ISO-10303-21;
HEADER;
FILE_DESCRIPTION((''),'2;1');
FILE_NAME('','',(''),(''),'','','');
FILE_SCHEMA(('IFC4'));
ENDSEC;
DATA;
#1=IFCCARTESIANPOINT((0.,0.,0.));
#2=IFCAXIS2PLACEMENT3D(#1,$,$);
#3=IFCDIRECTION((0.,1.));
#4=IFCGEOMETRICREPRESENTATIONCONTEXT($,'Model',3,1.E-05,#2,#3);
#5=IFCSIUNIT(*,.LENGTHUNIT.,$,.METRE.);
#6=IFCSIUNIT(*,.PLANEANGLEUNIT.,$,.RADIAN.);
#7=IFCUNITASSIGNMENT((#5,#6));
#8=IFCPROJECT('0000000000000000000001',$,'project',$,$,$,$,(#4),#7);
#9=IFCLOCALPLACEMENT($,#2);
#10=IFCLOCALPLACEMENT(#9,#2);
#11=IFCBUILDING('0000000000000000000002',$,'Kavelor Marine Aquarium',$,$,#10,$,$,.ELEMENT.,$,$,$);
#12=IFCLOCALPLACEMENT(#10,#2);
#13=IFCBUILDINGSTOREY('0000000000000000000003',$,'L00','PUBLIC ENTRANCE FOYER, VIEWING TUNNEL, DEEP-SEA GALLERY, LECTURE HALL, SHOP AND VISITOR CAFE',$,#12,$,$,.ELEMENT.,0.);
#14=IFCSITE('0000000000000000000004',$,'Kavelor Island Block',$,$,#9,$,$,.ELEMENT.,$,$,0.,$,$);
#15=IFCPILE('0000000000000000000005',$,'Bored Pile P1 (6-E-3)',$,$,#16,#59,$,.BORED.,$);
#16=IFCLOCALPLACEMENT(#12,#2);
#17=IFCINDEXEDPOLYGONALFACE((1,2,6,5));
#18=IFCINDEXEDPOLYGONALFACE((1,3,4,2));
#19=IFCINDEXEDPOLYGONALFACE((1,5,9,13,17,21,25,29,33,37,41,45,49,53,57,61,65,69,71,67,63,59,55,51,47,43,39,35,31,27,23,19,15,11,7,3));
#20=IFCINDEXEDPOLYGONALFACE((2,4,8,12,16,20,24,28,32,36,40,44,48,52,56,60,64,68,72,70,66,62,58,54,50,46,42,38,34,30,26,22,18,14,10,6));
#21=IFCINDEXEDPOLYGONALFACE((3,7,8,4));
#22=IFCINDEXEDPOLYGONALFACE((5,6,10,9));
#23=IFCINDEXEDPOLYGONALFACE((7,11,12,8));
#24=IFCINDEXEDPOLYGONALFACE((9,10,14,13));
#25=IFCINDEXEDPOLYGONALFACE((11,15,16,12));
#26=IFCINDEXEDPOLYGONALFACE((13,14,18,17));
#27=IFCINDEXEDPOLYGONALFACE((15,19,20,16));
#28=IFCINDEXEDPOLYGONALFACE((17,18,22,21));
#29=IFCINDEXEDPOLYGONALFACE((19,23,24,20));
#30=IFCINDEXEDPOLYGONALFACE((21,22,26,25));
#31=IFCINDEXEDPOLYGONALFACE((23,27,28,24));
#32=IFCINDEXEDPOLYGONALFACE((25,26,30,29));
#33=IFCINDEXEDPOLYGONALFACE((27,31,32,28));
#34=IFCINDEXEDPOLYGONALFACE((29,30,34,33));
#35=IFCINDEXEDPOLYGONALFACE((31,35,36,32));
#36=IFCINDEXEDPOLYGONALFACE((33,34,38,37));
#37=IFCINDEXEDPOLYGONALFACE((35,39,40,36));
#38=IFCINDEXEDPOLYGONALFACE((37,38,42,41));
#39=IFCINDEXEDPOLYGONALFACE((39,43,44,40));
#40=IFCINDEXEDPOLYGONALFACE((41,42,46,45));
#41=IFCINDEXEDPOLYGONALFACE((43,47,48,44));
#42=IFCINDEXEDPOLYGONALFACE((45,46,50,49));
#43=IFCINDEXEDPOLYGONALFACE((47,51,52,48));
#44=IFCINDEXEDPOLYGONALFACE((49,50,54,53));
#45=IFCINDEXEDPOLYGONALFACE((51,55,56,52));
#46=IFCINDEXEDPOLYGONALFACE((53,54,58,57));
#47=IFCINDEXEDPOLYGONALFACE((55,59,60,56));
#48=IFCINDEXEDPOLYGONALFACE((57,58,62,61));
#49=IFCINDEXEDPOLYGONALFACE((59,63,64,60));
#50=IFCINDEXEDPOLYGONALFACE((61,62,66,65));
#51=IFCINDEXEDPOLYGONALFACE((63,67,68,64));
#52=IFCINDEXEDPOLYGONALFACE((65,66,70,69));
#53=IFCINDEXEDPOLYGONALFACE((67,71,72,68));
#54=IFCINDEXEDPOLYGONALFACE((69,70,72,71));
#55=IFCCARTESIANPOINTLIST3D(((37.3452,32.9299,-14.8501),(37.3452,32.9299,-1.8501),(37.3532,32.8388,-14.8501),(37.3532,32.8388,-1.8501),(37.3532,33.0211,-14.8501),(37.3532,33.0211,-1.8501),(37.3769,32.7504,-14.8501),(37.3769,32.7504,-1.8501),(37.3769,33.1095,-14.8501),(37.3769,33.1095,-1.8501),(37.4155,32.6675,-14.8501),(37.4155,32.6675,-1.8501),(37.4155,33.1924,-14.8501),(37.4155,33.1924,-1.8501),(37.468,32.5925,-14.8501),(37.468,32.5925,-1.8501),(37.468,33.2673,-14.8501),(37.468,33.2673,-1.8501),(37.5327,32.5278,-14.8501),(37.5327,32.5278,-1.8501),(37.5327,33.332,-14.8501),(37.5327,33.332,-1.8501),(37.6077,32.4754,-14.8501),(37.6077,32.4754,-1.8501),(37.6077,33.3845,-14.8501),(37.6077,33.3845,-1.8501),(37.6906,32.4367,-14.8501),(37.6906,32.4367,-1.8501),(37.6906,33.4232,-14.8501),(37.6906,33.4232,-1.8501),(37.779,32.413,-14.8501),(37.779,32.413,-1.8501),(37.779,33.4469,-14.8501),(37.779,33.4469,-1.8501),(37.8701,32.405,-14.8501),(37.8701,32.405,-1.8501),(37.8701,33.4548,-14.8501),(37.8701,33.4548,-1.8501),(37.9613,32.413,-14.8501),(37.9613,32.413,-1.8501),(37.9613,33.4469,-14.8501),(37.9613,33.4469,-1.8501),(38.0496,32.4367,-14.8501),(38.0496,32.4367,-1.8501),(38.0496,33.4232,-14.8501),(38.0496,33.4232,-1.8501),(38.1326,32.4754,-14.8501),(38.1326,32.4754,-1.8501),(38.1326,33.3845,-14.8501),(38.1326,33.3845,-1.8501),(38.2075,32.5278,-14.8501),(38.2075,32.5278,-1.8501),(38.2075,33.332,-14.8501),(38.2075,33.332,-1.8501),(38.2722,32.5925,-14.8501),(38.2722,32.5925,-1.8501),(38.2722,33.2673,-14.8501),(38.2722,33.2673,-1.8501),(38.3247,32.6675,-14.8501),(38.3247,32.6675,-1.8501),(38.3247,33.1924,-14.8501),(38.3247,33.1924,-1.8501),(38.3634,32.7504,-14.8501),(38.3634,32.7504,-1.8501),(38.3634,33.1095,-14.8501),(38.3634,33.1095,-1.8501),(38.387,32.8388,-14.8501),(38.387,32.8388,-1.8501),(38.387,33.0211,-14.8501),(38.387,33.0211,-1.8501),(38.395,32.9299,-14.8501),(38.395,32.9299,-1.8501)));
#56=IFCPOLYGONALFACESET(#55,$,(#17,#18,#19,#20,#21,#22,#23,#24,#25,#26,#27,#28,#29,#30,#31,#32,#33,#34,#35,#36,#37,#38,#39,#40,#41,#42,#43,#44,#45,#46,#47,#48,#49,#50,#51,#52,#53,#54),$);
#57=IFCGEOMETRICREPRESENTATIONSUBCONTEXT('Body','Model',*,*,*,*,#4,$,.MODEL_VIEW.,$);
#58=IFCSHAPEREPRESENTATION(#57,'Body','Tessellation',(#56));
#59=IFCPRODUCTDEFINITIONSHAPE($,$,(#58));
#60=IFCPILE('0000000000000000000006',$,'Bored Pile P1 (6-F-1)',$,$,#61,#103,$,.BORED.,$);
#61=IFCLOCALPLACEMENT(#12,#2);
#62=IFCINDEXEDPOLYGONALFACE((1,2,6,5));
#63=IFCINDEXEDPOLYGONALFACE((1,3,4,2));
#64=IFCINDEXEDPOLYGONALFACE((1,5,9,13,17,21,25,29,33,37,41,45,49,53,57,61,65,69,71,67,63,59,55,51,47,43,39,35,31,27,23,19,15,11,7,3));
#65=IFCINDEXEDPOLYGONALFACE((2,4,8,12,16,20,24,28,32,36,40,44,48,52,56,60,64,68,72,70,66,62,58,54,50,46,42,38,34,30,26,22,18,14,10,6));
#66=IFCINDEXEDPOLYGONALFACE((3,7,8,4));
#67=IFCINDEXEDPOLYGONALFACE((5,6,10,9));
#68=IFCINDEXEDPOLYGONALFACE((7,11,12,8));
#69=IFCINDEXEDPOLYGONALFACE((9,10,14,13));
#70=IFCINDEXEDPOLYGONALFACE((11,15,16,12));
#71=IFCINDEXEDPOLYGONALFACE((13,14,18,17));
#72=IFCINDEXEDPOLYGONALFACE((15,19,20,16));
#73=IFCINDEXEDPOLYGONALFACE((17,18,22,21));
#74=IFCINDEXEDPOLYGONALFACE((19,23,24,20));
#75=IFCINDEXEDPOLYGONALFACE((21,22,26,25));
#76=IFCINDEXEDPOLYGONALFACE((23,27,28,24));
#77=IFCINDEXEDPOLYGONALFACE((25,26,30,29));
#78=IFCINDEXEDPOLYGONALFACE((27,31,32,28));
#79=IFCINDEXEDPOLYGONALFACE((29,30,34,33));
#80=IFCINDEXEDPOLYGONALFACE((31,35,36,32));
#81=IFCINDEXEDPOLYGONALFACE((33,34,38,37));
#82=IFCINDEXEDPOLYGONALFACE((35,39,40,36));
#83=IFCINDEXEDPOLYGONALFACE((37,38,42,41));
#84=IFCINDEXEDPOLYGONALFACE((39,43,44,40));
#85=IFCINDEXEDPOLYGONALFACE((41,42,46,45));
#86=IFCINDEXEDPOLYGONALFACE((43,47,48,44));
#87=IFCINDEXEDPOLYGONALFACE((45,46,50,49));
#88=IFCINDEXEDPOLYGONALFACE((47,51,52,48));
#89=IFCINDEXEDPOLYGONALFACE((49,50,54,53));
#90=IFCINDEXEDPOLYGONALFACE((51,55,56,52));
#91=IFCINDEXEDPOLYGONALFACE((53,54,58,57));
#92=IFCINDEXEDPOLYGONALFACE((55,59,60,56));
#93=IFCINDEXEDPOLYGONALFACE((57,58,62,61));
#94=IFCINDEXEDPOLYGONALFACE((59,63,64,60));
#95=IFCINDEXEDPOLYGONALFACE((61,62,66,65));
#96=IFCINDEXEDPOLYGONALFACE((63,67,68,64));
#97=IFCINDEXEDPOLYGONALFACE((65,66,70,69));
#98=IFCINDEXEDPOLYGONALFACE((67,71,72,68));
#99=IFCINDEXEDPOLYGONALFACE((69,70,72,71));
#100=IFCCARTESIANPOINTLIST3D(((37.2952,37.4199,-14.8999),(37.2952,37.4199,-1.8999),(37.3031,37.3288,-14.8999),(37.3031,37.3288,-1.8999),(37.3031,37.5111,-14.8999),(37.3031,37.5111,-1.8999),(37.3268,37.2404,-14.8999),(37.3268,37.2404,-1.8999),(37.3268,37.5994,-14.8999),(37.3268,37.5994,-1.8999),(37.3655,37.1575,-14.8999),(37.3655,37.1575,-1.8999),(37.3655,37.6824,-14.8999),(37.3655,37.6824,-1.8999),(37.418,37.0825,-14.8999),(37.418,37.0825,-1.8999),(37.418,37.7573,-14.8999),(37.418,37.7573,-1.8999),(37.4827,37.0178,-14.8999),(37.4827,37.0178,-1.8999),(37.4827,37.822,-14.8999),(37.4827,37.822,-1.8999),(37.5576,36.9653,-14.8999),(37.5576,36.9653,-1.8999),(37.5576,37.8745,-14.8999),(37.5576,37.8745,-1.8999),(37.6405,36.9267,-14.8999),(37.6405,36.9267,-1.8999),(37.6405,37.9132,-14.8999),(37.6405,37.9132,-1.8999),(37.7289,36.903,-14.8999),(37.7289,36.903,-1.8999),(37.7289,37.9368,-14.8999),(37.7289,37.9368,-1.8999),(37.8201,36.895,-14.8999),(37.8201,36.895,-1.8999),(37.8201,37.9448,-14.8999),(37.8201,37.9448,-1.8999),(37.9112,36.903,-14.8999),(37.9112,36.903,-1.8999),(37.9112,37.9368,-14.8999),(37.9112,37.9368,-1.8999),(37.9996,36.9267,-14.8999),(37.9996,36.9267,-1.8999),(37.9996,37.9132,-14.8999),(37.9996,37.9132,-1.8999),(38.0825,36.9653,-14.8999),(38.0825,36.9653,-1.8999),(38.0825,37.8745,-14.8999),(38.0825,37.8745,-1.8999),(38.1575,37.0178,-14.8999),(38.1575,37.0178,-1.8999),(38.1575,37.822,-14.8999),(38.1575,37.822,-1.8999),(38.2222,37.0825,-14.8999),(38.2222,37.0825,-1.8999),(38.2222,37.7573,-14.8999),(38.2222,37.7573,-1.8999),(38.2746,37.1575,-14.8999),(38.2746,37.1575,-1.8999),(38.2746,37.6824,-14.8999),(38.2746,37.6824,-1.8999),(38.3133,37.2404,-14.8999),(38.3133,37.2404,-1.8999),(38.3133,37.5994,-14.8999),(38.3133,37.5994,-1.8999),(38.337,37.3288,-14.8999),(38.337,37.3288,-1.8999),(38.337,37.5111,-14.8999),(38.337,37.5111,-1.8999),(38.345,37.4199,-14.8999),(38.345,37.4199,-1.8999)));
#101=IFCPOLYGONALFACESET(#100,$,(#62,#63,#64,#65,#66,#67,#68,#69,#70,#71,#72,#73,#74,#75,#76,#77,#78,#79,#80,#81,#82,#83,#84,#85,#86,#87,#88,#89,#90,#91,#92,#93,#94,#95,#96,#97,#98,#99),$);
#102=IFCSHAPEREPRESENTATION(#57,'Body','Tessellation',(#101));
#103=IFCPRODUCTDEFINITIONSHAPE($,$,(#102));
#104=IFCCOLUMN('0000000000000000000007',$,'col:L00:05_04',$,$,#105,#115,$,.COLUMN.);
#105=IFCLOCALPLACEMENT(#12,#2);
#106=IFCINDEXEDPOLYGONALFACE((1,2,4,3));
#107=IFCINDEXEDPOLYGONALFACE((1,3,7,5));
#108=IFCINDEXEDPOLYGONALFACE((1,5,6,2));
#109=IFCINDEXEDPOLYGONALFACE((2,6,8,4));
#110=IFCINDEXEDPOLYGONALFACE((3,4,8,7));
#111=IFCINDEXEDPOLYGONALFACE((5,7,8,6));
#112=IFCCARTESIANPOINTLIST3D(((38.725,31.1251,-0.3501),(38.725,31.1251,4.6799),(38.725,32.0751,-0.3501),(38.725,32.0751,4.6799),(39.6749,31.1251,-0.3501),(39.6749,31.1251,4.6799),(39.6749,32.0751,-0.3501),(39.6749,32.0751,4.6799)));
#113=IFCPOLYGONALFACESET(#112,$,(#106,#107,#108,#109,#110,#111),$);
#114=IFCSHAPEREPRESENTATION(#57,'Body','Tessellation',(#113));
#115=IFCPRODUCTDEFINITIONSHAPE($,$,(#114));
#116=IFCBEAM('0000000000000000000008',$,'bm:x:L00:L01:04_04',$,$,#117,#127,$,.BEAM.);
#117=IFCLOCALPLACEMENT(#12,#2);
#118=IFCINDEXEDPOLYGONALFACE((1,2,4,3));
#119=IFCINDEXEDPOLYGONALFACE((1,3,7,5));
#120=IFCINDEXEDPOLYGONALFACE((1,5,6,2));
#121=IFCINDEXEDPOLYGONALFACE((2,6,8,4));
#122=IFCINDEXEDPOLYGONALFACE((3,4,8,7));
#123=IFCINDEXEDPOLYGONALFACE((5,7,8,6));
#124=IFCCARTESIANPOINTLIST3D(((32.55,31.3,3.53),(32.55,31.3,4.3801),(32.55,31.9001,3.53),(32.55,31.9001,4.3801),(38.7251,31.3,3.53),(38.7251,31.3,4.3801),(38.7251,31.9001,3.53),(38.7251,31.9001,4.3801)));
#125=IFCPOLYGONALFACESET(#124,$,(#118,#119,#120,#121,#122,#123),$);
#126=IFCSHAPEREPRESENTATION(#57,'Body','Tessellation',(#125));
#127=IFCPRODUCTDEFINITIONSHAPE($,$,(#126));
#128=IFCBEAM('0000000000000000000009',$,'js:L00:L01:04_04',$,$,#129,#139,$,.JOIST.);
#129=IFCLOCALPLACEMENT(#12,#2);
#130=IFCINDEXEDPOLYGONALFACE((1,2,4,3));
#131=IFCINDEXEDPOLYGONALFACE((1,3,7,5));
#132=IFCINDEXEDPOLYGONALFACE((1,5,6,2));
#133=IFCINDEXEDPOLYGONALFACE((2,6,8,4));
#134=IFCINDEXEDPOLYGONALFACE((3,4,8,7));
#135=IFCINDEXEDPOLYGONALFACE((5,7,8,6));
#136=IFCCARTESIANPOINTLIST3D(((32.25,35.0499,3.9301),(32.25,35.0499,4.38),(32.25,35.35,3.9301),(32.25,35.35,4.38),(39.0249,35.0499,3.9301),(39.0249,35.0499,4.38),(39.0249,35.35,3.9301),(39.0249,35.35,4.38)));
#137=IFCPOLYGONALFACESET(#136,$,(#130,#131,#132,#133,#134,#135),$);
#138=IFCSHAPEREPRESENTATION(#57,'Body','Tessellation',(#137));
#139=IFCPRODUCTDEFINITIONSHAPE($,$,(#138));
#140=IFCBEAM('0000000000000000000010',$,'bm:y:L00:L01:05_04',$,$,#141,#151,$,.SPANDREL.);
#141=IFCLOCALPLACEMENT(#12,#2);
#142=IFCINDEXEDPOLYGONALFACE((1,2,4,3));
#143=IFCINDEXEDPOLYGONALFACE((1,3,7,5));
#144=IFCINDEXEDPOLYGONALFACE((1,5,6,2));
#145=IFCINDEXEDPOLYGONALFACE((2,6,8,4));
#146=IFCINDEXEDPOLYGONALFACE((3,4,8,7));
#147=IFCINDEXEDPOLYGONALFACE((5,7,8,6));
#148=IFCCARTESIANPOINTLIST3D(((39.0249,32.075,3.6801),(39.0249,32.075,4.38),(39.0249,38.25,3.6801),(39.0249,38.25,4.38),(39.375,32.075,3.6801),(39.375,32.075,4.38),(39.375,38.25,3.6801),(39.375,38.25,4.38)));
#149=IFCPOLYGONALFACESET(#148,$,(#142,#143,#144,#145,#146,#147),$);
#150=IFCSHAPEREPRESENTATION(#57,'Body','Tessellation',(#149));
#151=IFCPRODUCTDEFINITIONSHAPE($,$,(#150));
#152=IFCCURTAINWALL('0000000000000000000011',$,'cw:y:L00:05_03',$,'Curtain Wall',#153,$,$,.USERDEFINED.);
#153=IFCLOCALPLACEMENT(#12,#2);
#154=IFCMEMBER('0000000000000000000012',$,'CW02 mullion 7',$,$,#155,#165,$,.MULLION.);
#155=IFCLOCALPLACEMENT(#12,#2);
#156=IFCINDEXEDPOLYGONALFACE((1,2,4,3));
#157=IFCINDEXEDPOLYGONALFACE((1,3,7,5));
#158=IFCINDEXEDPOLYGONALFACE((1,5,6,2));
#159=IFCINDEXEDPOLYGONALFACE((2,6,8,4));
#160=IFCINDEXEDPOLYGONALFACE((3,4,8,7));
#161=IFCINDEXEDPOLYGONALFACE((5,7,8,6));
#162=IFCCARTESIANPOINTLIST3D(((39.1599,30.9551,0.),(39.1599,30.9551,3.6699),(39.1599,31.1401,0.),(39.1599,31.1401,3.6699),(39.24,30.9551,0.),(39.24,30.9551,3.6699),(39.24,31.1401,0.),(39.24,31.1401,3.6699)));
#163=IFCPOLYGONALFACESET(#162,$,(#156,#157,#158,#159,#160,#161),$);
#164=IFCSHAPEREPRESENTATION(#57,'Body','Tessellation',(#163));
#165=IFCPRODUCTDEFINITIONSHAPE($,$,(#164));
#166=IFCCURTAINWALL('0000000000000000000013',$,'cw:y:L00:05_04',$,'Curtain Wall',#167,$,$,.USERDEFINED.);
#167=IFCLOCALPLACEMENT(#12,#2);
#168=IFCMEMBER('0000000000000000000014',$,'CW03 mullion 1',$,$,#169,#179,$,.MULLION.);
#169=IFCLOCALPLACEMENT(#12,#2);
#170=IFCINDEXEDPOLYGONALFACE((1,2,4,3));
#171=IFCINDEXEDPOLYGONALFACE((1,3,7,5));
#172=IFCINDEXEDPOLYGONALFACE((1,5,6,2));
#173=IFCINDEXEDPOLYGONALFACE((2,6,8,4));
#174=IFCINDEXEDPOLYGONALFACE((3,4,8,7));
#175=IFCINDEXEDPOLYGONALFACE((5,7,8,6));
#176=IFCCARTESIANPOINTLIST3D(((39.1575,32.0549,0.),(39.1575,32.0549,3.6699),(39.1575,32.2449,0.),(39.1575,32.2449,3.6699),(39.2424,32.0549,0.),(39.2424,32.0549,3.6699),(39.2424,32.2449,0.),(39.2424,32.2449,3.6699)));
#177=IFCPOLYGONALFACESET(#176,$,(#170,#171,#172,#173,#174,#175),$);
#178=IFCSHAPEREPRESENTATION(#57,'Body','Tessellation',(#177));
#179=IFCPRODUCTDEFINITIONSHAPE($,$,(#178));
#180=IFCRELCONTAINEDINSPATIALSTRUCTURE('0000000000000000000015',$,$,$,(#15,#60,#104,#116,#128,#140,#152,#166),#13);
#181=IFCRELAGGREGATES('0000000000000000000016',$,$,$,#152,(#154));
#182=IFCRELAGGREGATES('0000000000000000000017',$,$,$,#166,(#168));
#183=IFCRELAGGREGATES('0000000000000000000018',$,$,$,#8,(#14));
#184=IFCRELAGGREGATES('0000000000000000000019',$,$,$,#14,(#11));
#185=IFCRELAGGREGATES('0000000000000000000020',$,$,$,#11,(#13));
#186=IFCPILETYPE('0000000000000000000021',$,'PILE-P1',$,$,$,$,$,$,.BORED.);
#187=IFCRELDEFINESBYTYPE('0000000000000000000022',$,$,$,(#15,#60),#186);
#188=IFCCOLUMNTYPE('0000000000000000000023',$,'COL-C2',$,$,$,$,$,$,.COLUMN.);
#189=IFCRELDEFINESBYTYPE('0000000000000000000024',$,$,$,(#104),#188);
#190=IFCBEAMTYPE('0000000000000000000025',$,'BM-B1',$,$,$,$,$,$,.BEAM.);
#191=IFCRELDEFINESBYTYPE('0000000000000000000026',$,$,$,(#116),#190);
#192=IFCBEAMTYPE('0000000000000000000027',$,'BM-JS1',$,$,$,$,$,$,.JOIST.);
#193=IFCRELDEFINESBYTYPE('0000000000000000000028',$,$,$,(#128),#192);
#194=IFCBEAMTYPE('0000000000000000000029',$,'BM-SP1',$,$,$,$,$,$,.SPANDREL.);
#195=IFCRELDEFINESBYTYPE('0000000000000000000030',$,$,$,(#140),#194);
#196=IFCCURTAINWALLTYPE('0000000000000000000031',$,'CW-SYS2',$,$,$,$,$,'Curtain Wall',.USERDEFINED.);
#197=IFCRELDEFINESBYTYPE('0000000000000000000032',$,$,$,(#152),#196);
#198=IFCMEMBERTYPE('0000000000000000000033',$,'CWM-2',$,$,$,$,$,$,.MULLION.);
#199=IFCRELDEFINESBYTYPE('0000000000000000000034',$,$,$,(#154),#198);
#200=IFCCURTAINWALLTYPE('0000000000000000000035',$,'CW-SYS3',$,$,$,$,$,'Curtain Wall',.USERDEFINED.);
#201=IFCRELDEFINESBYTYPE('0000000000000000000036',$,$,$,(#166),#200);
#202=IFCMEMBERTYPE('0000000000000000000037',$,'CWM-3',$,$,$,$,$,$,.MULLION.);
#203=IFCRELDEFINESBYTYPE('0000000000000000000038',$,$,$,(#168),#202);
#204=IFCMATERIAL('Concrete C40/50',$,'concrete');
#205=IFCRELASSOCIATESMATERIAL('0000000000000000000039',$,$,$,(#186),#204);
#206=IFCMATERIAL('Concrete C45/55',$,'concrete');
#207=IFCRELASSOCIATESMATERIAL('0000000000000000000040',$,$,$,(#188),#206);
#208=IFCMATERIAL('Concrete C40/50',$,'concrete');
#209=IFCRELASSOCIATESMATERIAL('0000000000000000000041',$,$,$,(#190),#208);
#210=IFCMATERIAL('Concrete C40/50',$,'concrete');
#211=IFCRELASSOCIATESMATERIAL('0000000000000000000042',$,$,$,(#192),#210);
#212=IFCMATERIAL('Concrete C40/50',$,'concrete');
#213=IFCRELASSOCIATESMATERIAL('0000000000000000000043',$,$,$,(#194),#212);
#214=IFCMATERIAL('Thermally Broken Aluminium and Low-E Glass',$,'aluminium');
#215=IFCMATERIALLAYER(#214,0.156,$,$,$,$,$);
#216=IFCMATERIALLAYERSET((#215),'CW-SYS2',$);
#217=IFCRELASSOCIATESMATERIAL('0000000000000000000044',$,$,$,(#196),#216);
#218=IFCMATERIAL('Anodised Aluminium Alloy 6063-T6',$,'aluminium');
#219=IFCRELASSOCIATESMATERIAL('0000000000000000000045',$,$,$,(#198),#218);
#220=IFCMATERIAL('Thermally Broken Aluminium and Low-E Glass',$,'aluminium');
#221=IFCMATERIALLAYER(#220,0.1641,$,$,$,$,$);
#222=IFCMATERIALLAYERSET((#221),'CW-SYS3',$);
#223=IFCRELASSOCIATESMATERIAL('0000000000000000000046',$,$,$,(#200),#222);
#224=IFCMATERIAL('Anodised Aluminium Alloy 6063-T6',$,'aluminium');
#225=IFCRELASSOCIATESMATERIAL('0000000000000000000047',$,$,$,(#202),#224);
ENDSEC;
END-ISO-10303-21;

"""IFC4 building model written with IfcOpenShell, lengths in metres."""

from ifc_helpers import new_model, si_unit, direction, frame, origin, origin_2d, place, context, subcontext, project, spatial, rectangle, circle, extrude, material, layer, layer_set, material_profile, profile_set, type_object, element, aggregate, save


model = new_model("IFC4")

# Units and contexts
model_context = context("Model", 3, precision=1e-05, world=origin(), true_north=direction((0.0, 1.0)))
body_context = subcontext(model_context, "Body", "Model", "MODEL_VIEW")
ifc_project = project(units=[si_unit("LENGTHUNIT", "METRE"), si_unit("PLANEANGLEUNIT", "RADIAN")], contexts=[model_context])

# Site, building, storey
site_placement = place(None, origin())
site = spatial("IfcSite", under=ifc_project, at=site_placement, Name="Kavelor Island Block", CompositionType="ELEMENT", RefElevation=0.0)
building_placement = place(site_placement, origin())
building = spatial("IfcBuilding", under=site, at=building_placement, Name="Kavelor Marine Aquarium", CompositionType="ELEMENT")
storey_placement = place(building_placement, origin())
storey = spatial("IfcBuildingStorey", under=building, at=storey_placement, Name="L00", Description="PUBLIC ENTRANCE FOYER, VIEWING TUNNEL, DEEP-SEA GALLERY, LECTURE HALL, SHOP AND VISITOR CAFE", CompositionType="ELEMENT", Elevation=0.0)

# Piles
ifc_material_1 = material(Name="Concrete C40/50", Category="concrete")
ifc_material_profile_1 = material_profile(ifc_material_1, circle(Radius=0.5249, at=origin_2d()), Name="PILE D1050")
ifc_profile_set_1 = profile_set([ifc_material_profile_1], Name="Concrete C40/50")
pile_type = type_object("IfcPileType", Name="PILE-P1", PredefinedType="BORED", material=ifc_profile_set_1)
for number, where, z_axis, x_axis, name in (
    (1, (37.8701, 32.9299, -1.8501), (0.0, 0.0, -1.0), (1.0, 0.0, 0.0), "Bored Pile P1 (6-E-3)"),
    (2, (37.8201, 37.4199, -1.8999), (0.0, 0.0, -1.0), (1.0, 0.0, 0.0), "Bored Pile P1 (6-F-1)"),
):
    element("IfcPile", number, at=place(storey_placement, frame(where, z_axis=z_axis, x_axis=x_axis)), inside=storey, type_object=pile_type, Name=name, PredefinedType="BORED", context=body_context, shape_type="SweptSolid", body=[
        extrude(circle(Radius=0.5249, at=origin_2d()), origin(), (0.0, 0.0, 1.0), 13.0),
    ])

# Column
ifc_material_2 = material(Name="Concrete C45/55", Category="concrete")
ifc_material_profile_2 = material_profile(ifc_material_2, rectangle(XDim=0.95, YDim=0.95, at=origin_2d()), Name="RC-COL 950x950")
ifc_profile_set_2 = profile_set([ifc_material_profile_2], Name="Concrete C45/55")
column_type = type_object("IfcColumnType", Name="COL-C2", PredefinedType="COLUMN", material=ifc_profile_set_2)
column_placement = place(storey_placement, frame((39.2, 31.6001, -0.3501), z_axis=(0.0, 0.0, 1.0), x_axis=(1.0, 0.0, 0.0)))
element("IfcColumn", 3, at=column_placement, inside=storey, type_object=column_type, Name="col:L00:05_04", PredefinedType="COLUMN", context=body_context, shape_type="SweptSolid", body=[
    extrude(rectangle(XDim=0.95, YDim=0.95, at=origin_2d()), origin(), (0.0, 0.0, 1.0), 5.03),
])

# Beams
ifc_material_3 = material(Name="Concrete C40/50", Category="concrete")
ifc_material_profile_3 = material_profile(ifc_material_3, rectangle(XDim=0.6001, YDim=0.8501, at=origin_2d()), Name="RC-BM 600x850")
ifc_profile_set_3 = profile_set([ifc_material_profile_3], Name="Concrete C40/50")
beam_type_1 = type_object("IfcBeamType", Name="BM-B1", PredefinedType="BEAM", material=ifc_profile_set_3)
beam_1_placement = place(storey_placement, frame((32.55, 31.6001, 3.9551), z_axis=(1.0, 0.0, 0.0), x_axis=(0.0, 1.0, 0.0)))
element("IfcBeam", 4, at=beam_1_placement, inside=storey, type_object=beam_type_1, Name="bm:x:L00:L01:04_04", PredefinedType="BEAM", context=body_context, shape_type="SweptSolid", body=[
    extrude(rectangle(XDim=0.6001, YDim=0.8501, at=origin_2d()), origin(), (0.0, 0.0, 1.0), 6.175),
])
ifc_material_4 = material(Name="Concrete C40/50", Category="concrete")
ifc_material_profile_4 = material_profile(ifc_material_4, rectangle(XDim=0.3, YDim=0.45, at=origin_2d()), Name="RC-JS 300x450")
ifc_profile_set_4 = profile_set([ifc_material_profile_4], Name="Concrete C40/50")
beam_type_2 = type_object("IfcBeamType", Name="BM-JS1", PredefinedType="JOIST", material=ifc_profile_set_4)
beam_2_placement = place(storey_placement, frame((32.25, 35.2, 4.155), z_axis=(1.0, 0.0, 0.0), x_axis=(0.0, 1.0, 0.0)))
element("IfcBeam", 5, at=beam_2_placement, inside=storey, type_object=beam_type_2, Name="js:L00:L01:04_04", PredefinedType="JOIST", context=body_context, shape_type="SweptSolid", body=[
    extrude(rectangle(XDim=0.3, YDim=0.45, at=origin_2d()), origin(), (0.0, 0.0, 1.0), 6.7749),
])
ifc_material_5 = material(Name="Concrete C40/50", Category="concrete")
ifc_material_profile_5 = material_profile(ifc_material_5, rectangle(XDim=0.3501, YDim=0.7, at=origin_2d()), Name="RC-SP 350x700")
ifc_profile_set_5 = profile_set([ifc_material_profile_5], Name="Concrete C40/50")
beam_type_3 = type_object("IfcBeamType", Name="BM-SP1", PredefinedType="SPANDREL", material=ifc_profile_set_5)
beam_3_placement = place(storey_placement, frame((39.2, 32.075, 4.03), z_axis=(0.0, 1.0, 0.0), x_axis=(-1.0, 0.0, 0.0)))
element("IfcBeam", 6, at=beam_3_placement, inside=storey, type_object=beam_type_3, Name="bm:y:L00:L01:05_04", PredefinedType="SPANDREL", context=body_context, shape_type="SweptSolid", body=[
    extrude(rectangle(XDim=0.3501, YDim=0.7, at=origin_2d()), origin(), (0.0, 0.0, 1.0), 6.175),
])

# Curtain wall, member
ifc_material_6 = material(Name="Thermally Broken Aluminium and Low-E Glass", Category="aluminium")
ifc_layer_1 = layer(ifc_material_6, 0.156)
ifc_layer_set_1 = layer_set([ifc_layer_1], Name="CW-SYS2")
curtain_wall_type_1 = type_object("IfcCurtainWallType", Name="CW-SYS2", ElementType="Curtain Wall", PredefinedType="USERDEFINED", material=ifc_layer_set_1)
curtain_wall_1_placement = place(storey_placement, origin())
curtain_wall_1 = element("IfcCurtainWall", 7, at=curtain_wall_1_placement, inside=storey, type_object=curtain_wall_type_1, Name="cw:y:L00:05_03", ObjectType="Curtain Wall", PredefinedType="USERDEFINED")
ifc_material_7 = material(Name="Anodised Aluminium Alloy 6063-T6", Category="aluminium")
ifc_material_profile_6 = material_profile(ifc_material_7, rectangle(XDim=0.0801, YDim=0.1851, at=origin_2d()), Name="CW-MUL 80x185")
ifc_profile_set_6 = profile_set([ifc_material_profile_6], Name="Anodised Aluminium Alloy 6063-T6")
member_type_1 = type_object("IfcMemberType", Name="CWM-2", PredefinedType="MULLION", material=ifc_profile_set_6)
member_1_placement = place(storey_placement, frame((39.2, 31.0476, 0.0), z_axis=(0.0, 0.0, 1.0), x_axis=(-1.0, 0.0, 0.0)))
member_1 = element("IfcMember", 8, at=member_1_placement, type_object=member_type_1, Name="CW02 mullion 7", PredefinedType="MULLION", context=body_context, shape_type="SweptSolid", body=[
    extrude(rectangle(XDim=0.0801, YDim=0.1851, at=origin_2d()), origin(), (0.0, 0.0, 1.0), 3.6699),
])

# Curtain wall, member
ifc_material_8 = material(Name="Thermally Broken Aluminium and Low-E Glass", Category="aluminium")
ifc_layer_2 = layer(ifc_material_8, 0.1641)
ifc_layer_set_2 = layer_set([ifc_layer_2], Name="CW-SYS3")
curtain_wall_type_2 = type_object("IfcCurtainWallType", Name="CW-SYS3", ElementType="Curtain Wall", PredefinedType="USERDEFINED", material=ifc_layer_set_2)
curtain_wall_2_placement = place(storey_placement, origin())
curtain_wall_2 = element("IfcCurtainWall", 9, at=curtain_wall_2_placement, inside=storey, type_object=curtain_wall_type_2, Name="cw:y:L00:05_04", ObjectType="Curtain Wall", PredefinedType="USERDEFINED")
ifc_material_9 = material(Name="Anodised Aluminium Alloy 6063-T6", Category="aluminium")
ifc_material_profile_7 = material_profile(ifc_material_9, rectangle(XDim=0.085, YDim=0.1899, at=origin_2d()), Name="CW-MUL 85x190")
ifc_profile_set_7 = profile_set([ifc_material_profile_7], Name="Anodised Aluminium Alloy 6063-T6")
member_type_2 = type_object("IfcMemberType", Name="CWM-3", PredefinedType="MULLION", material=ifc_profile_set_7)
member_2_placement = place(storey_placement, frame((39.2, 32.1499, 0.0), z_axis=(0.0, 0.0, 1.0), x_axis=(-1.0, 0.0, 0.0)))
member_2 = element("IfcMember", 10, at=member_2_placement, type_object=member_type_2, Name="CW03 mullion 1", PredefinedType="MULLION", context=body_context, shape_type="SweptSolid", body=[
    extrude(rectangle(XDim=0.085, YDim=0.1899, at=origin_2d()), origin(), (0.0, 0.0, 1.0), 3.6699),
])

aggregate(curtain_wall_1, [member_1])
aggregate(curtain_wall_2, [member_2])

save(model, "model.ifc")
